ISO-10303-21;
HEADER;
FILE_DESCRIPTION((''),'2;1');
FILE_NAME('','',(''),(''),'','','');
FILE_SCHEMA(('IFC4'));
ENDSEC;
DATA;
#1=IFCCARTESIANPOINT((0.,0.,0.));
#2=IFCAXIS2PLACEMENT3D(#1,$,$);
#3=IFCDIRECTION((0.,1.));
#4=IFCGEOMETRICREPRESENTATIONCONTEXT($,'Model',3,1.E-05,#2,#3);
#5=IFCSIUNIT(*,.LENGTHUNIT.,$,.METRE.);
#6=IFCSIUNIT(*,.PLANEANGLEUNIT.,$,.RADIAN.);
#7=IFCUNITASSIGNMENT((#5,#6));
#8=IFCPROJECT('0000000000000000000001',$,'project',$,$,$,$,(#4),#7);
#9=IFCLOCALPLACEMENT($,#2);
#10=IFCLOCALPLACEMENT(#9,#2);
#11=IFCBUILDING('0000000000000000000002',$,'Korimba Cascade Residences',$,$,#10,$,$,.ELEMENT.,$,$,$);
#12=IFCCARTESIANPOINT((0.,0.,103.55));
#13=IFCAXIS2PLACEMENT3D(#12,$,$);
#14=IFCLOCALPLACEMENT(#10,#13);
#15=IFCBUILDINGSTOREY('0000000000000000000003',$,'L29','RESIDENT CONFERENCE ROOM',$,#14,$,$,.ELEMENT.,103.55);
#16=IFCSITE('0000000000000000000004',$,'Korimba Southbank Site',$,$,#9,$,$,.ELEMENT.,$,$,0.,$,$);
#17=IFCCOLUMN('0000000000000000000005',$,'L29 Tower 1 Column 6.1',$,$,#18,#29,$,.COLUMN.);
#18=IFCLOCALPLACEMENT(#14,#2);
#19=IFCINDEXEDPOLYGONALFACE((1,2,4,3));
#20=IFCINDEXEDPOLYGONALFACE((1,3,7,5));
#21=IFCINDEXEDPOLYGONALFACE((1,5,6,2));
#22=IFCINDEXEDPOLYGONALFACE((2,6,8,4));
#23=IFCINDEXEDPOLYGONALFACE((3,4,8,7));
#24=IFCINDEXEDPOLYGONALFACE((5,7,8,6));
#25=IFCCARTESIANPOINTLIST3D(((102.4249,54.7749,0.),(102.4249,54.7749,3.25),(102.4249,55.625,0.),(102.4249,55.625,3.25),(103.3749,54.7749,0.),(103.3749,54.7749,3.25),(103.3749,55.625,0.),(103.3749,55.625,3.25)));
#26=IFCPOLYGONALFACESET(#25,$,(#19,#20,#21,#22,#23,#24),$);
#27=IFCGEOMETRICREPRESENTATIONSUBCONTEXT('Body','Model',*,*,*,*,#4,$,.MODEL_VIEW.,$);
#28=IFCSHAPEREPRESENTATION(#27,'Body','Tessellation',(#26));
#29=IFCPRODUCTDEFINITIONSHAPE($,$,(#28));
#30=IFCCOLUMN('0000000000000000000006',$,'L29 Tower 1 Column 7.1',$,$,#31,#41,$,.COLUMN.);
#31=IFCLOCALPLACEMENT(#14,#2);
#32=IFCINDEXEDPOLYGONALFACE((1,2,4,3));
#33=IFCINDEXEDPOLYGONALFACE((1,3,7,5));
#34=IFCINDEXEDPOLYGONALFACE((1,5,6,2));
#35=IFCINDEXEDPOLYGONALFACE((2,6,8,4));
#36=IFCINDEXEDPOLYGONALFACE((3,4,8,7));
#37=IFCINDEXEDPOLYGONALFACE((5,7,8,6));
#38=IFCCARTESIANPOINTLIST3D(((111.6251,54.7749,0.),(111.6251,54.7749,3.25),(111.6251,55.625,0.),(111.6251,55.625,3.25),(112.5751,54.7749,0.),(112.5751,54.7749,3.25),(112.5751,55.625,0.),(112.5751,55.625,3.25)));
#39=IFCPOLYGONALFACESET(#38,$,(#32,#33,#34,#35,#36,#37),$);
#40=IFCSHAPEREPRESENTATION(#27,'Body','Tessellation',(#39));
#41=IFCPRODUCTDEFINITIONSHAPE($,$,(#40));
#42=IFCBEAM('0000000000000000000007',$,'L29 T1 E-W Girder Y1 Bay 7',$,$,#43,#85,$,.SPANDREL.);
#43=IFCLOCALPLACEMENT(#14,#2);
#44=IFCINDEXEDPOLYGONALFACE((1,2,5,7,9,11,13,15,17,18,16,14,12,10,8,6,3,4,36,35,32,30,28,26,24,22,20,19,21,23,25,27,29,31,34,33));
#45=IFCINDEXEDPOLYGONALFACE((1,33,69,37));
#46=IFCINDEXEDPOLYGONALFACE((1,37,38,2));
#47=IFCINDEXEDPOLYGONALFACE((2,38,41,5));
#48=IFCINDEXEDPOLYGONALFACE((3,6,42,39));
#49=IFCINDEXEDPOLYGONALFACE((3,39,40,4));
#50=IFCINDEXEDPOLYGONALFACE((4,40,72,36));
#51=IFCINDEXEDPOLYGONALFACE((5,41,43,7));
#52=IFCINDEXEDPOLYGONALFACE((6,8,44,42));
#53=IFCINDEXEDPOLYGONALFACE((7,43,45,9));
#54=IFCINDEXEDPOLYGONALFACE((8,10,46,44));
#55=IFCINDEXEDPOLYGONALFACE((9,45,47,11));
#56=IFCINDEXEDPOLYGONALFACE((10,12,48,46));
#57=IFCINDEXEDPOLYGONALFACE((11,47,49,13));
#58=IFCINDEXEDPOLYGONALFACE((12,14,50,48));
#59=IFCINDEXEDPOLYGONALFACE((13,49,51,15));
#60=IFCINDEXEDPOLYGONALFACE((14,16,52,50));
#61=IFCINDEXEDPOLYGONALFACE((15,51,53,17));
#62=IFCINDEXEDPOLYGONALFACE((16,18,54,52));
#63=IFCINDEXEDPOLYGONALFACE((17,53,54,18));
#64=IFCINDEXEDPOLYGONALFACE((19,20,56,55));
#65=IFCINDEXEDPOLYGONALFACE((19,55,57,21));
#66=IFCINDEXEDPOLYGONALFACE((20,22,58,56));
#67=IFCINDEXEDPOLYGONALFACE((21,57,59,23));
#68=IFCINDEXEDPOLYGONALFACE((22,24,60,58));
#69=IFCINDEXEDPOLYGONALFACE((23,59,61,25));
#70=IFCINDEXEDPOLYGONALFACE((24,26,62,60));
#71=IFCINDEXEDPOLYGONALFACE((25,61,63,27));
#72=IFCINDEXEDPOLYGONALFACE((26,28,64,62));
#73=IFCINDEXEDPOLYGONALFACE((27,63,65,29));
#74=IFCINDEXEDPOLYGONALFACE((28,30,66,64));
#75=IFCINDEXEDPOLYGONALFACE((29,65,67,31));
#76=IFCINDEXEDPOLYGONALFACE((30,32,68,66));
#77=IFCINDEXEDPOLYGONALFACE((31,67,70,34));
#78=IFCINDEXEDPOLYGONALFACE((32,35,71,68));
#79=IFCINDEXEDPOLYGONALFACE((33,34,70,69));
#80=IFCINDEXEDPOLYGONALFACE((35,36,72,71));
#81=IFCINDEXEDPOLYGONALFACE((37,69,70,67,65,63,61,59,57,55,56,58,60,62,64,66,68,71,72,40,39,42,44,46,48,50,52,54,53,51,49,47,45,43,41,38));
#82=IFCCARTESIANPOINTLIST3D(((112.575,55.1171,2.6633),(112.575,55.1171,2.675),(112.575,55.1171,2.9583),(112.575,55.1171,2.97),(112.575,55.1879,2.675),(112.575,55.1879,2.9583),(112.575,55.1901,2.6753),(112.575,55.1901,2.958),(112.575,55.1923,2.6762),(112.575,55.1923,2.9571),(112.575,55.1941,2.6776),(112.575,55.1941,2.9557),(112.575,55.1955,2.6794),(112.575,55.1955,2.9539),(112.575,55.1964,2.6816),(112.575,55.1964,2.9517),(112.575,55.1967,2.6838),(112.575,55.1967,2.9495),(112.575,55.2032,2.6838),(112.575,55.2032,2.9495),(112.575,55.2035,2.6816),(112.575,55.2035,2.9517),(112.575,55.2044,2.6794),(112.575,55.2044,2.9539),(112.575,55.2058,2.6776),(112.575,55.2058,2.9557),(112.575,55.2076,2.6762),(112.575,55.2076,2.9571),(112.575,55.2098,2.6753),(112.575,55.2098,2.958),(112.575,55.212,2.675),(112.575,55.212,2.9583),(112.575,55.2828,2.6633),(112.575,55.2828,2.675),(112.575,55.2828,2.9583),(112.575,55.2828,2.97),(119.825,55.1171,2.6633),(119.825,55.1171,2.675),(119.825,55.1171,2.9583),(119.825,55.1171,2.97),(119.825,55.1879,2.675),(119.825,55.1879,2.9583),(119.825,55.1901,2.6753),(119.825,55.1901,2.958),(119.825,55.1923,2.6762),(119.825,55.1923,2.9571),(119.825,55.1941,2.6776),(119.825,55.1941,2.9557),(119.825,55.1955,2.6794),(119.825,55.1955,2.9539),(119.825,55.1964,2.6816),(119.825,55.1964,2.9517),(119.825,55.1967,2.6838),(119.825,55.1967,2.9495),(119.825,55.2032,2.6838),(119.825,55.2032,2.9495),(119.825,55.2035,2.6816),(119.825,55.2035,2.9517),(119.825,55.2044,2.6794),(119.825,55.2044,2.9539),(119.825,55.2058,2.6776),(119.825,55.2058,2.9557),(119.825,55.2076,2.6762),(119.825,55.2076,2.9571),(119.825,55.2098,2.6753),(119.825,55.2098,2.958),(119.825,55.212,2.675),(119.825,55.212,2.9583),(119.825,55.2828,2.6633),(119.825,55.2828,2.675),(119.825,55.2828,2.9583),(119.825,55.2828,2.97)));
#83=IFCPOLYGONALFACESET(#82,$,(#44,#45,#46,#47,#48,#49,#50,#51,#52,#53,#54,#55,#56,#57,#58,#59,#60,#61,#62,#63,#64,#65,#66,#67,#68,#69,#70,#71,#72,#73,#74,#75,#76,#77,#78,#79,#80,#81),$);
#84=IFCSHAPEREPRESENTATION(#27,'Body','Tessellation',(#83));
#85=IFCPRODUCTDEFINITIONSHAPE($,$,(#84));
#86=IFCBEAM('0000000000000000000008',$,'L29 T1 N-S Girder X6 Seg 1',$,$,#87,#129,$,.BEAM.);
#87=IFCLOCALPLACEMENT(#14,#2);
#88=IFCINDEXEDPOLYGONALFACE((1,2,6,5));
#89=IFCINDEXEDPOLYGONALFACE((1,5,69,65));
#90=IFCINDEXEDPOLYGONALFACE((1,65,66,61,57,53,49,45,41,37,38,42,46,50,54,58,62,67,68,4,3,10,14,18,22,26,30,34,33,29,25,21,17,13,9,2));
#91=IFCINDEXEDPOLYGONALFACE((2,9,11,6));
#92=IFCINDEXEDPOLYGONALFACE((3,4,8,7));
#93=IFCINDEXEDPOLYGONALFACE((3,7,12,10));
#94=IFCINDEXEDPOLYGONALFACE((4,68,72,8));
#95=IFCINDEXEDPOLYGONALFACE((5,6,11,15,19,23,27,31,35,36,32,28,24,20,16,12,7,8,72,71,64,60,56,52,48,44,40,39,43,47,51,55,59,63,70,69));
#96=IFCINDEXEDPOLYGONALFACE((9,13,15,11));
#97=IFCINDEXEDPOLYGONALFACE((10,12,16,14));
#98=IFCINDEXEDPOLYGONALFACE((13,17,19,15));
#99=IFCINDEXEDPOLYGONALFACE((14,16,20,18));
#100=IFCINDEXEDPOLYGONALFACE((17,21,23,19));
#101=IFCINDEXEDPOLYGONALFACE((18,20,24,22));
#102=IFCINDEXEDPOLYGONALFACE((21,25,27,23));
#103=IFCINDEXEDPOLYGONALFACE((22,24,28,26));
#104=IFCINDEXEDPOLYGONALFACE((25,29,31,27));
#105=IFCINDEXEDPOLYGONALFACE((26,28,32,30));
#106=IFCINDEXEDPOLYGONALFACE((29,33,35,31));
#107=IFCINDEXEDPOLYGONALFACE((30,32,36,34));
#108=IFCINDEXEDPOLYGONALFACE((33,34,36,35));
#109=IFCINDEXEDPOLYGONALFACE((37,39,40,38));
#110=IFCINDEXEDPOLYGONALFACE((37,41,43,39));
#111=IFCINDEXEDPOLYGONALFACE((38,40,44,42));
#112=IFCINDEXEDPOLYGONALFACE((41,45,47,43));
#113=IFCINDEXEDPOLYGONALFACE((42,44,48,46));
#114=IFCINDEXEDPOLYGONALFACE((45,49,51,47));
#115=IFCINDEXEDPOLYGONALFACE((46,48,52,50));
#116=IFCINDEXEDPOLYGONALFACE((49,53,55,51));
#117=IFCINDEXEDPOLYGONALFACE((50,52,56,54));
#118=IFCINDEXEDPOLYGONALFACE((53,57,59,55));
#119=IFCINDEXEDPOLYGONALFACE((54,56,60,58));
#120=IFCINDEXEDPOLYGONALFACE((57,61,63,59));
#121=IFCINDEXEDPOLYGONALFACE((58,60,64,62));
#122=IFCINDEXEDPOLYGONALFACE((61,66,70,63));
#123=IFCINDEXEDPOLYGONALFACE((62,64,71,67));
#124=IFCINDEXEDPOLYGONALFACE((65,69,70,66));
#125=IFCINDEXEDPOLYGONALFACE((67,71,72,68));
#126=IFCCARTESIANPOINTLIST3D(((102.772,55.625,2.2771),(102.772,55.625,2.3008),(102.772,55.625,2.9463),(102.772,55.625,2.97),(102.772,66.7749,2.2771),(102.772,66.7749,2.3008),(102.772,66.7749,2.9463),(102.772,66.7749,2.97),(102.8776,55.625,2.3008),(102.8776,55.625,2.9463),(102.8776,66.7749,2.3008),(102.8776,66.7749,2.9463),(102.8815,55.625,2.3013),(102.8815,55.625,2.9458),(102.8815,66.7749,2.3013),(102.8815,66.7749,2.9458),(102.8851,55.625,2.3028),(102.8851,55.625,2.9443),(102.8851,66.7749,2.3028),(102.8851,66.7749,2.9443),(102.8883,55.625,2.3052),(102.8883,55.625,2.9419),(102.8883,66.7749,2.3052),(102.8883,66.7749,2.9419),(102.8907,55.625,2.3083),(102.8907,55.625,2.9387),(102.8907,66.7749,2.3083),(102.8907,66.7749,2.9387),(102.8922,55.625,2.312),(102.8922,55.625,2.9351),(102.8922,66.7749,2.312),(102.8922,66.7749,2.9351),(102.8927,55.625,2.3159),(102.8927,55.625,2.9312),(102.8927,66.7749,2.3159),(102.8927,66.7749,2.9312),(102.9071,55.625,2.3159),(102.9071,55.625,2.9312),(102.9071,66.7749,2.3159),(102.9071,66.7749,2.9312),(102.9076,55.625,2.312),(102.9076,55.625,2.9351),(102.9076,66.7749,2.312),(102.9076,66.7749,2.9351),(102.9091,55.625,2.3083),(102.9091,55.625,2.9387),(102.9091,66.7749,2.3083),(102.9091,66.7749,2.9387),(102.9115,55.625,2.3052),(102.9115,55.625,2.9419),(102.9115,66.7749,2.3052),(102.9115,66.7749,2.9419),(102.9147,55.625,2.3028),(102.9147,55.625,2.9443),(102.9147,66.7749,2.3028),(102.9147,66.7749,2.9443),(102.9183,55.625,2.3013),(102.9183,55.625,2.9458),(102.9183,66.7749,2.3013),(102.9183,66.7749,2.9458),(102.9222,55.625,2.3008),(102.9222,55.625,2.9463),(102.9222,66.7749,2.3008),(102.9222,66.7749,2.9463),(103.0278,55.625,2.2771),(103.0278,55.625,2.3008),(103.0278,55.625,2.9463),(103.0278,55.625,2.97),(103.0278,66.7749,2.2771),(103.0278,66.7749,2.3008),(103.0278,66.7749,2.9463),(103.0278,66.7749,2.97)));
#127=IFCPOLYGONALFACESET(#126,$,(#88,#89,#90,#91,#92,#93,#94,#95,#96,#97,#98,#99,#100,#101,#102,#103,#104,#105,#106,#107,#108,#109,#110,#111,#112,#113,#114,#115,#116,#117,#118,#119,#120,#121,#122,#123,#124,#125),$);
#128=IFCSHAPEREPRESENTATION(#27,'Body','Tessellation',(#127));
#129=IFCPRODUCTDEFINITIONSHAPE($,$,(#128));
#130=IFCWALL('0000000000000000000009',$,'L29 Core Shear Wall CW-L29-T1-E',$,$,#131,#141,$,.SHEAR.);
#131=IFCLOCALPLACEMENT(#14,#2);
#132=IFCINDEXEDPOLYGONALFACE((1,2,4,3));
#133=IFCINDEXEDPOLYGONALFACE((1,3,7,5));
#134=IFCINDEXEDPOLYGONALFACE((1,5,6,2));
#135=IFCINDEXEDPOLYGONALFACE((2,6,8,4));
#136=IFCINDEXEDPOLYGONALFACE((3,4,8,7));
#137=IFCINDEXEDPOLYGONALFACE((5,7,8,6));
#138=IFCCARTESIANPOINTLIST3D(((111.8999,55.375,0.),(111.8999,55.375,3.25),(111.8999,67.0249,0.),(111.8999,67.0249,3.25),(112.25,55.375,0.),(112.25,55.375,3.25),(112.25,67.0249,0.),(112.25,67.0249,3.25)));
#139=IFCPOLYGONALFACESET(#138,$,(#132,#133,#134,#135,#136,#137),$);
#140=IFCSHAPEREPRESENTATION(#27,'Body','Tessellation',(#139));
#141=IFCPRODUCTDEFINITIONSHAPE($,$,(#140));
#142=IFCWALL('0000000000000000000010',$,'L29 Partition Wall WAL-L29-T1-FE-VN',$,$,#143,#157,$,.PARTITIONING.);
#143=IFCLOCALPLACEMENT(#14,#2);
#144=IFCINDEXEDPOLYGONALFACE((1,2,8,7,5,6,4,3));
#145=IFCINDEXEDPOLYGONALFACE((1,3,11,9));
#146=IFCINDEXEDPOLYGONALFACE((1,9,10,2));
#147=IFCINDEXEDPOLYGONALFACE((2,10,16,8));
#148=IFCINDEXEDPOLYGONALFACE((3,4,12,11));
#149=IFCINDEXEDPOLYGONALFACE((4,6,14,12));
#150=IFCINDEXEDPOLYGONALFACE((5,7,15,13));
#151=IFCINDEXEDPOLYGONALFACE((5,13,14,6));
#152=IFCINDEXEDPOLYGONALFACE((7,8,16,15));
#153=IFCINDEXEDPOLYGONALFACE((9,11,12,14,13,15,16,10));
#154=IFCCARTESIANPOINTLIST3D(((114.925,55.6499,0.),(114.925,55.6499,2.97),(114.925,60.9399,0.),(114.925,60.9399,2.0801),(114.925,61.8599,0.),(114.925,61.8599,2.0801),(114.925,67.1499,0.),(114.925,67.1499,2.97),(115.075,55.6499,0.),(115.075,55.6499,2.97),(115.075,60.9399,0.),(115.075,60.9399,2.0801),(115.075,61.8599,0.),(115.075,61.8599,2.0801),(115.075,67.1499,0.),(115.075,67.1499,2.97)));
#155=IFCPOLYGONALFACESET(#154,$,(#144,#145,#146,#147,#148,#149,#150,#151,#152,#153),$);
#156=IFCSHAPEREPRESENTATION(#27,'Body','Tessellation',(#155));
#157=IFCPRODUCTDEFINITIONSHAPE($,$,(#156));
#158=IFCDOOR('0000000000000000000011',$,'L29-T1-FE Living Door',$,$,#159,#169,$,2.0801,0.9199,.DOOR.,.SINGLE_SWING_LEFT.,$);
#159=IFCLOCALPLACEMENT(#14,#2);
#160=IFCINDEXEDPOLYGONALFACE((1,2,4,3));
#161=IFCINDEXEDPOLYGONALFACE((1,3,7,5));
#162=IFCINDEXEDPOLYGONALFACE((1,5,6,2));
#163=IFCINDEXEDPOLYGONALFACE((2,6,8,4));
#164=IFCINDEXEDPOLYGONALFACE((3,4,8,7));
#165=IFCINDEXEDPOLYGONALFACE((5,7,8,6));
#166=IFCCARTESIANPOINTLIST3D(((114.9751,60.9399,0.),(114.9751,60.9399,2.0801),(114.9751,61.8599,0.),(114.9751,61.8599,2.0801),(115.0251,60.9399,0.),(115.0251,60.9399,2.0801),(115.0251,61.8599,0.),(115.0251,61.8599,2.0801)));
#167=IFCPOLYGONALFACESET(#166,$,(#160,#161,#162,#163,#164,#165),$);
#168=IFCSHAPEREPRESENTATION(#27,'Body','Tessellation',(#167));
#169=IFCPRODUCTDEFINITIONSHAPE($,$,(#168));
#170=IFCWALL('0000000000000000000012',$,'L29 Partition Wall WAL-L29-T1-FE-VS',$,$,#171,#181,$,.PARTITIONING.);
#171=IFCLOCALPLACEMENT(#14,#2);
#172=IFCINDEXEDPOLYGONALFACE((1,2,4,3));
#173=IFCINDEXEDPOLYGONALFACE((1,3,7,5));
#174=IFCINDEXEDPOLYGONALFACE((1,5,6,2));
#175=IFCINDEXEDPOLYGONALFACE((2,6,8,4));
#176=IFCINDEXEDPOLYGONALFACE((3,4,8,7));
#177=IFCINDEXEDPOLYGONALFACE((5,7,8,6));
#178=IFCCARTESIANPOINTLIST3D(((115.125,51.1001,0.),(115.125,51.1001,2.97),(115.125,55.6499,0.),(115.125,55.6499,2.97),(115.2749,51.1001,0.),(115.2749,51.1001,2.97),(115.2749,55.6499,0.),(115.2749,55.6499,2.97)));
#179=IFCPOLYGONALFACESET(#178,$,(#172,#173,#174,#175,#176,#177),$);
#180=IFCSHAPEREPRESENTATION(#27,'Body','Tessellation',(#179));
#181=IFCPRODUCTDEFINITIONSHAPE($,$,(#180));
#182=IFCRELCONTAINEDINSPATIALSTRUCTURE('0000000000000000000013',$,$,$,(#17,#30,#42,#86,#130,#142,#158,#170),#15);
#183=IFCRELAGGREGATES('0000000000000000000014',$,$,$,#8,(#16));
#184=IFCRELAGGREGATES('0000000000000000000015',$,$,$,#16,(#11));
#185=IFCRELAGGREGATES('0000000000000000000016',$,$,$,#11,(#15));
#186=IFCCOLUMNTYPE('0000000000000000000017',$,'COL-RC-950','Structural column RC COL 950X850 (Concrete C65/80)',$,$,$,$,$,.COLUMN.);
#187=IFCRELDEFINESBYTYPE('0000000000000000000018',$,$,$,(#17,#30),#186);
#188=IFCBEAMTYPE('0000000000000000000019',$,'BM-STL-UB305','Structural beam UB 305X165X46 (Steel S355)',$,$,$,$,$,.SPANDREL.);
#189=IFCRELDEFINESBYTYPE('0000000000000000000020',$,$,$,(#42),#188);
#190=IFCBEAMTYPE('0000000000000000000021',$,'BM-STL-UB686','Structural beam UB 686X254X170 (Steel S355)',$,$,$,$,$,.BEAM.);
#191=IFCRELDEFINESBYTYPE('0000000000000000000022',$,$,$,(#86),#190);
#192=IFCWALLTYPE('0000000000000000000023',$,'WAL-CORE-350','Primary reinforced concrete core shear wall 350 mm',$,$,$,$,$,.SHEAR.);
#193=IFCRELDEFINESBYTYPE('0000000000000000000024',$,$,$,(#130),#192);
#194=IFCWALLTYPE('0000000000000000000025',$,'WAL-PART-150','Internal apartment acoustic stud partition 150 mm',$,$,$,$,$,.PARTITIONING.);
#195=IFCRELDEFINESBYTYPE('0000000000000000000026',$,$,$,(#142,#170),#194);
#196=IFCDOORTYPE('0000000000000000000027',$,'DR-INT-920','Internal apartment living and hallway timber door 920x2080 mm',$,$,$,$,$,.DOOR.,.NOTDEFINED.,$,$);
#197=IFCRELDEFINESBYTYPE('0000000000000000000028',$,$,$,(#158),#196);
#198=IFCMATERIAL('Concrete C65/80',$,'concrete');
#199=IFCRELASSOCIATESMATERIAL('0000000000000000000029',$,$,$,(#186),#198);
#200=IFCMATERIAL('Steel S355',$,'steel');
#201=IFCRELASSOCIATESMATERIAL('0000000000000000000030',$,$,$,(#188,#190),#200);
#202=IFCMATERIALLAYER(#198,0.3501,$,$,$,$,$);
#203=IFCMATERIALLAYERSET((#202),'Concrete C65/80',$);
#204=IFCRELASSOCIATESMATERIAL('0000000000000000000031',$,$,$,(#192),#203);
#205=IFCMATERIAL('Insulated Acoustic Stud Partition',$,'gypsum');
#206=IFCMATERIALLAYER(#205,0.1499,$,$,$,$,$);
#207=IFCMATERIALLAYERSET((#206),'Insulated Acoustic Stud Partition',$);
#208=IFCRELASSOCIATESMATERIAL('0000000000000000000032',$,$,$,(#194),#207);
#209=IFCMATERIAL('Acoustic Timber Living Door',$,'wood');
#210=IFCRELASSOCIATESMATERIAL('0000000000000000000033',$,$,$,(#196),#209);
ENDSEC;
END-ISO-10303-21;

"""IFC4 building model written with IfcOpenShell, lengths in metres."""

from ifc_helpers import new_model, si_unit, direction, frame, frame_2d, origin, origin_2d, place, context, subcontext, project, spatial, rectangle, i_section, extrude, material, layer, layer_set, material_profile, profile_set, type_object, element, fill, save


model = new_model("IFC4")

# Units and contexts
model_context = context("Model", 3, precision=1e-05, world=origin(), true_north=direction((0.0, 1.0)))
body_context = subcontext(model_context, "Body", "Model", "MODEL_VIEW")
ifc_project = project(units=[si_unit("LENGTHUNIT", "METRE"), si_unit("PLANEANGLEUNIT", "RADIAN")], contexts=[model_context])

# Site, building, storey
site_placement = place(None, origin())
site = spatial("IfcSite", under=ifc_project, at=site_placement, Name="Korimba Southbank Site", CompositionType="ELEMENT", RefElevation=0.0)
building_placement = place(site_placement, origin())
building = spatial("IfcBuilding", under=site, at=building_placement, Name="Korimba Cascade Residences", CompositionType="ELEMENT")
storey_placement = place(building_placement, frame((0.0, 0.0, 103.55)))
storey = spatial("IfcBuildingStorey", under=building, at=storey_placement, Name="L29", Description="RESIDENT CONFERENCE ROOM", CompositionType="ELEMENT", Elevation=103.55)

# Columns
ifc_material_1 = material(Name="Concrete C65/80", Category="concrete")
ifc_material_profile_1 = material_profile(ifc_material_1, rectangle(XDim=0.95, YDim=0.8501, at=origin_2d()), Name="Concrete C65/80")
ifc_profile_set_1 = profile_set([ifc_material_profile_1], Name="Concrete C65/80")
column_type = type_object("IfcColumnType", Name="COL-RC-950", Description="Structural column RC COL 950X850 (Concrete C65/80)", PredefinedType="COLUMN", material=ifc_profile_set_1)
for number, where, z_axis, x_axis, name in (
    (1, (102.8999, 55.2, 0.0), (0.0, 0.0, 1.0), (1.0, 0.0, 0.0), "L29 Tower 1 Column 6.1"),
    (2, (112.1001, 55.2, 0.0), (0.0, 0.0, 1.0), (1.0, 0.0, 0.0), "L29 Tower 1 Column 7.1"),
):
    element("IfcColumn", number, at=place(storey_placement, frame(where, z_axis=z_axis, x_axis=x_axis)), inside=storey, type_object=column_type, Name=name, PredefinedType="COLUMN", context=body_context, shape_type="SweptSolid", body=[
        extrude(rectangle(XDim=0.95, YDim=0.8501, at=origin_2d()), origin(), (0.0, 0.0, 1.0), 3.25),
    ])

# Beams
ifc_material_2 = material(Name="Steel S355", Category="steel")
ifc_material_profile_2 = material_profile(ifc_material_2, i_section(OverallWidth=0.1658, OverallDepth=0.3066, WebThickness=0.0066, FlangeThickness=0.0117, FilletRadius=0.0088, at=origin_2d()), Name="Steel S355")
ifc_profile_set_2 = profile_set([ifc_material_profile_2], Name="Steel S355")
beam_type_1 = type_object("IfcBeamType", Name="BM-STL-UB305", Description="Structural beam UB 305X165X46 (Steel S355)", PredefinedType="SPANDREL", material=ifc_profile_set_2)
beam_1_placement = place(storey_placement, frame((112.575, 55.2, 2.8167), z_axis=(1.0, 0.0, 0.0), x_axis=(0.0, 1.0, 0.0)))
element("IfcBeam", 3, at=beam_1_placement, inside=storey, type_object=beam_type_1, Name="L29 T1 E-W Girder Y1 Bay 7", PredefinedType="SPANDREL", context=body_context, shape_type="SweptSolid", body=[
    extrude(i_section(OverallWidth=0.1658, OverallDepth=0.3066, WebThickness=0.0066, FlangeThickness=0.0117, FilletRadius=0.0088, at=origin_2d()), origin(), (0.0, 0.0, 1.0), 7.25),
])
ifc_material_profile_3 = material_profile(ifc_material_2, i_section(OverallWidth=0.2559, OverallDepth=0.6929, WebThickness=0.0144, FlangeThickness=0.0237, FilletRadius=0.0151, at=origin_2d()), Name="Steel S355")
ifc_profile_set_3 = profile_set([ifc_material_profile_3], Name="Steel S355")
beam_type_2 = type_object("IfcBeamType", Name="BM-STL-UB686", Description="Structural beam UB 686X254X170 (Steel S355)", PredefinedType="BEAM", material=ifc_profile_set_3)
beam_2_placement = place(storey_placement, frame((102.8999, 55.625, 2.6235), z_axis=(0.0, 1.0, 0.0), x_axis=(-1.0, 0.0, 0.0)))
element("IfcBeam", 4, at=beam_2_placement, inside=storey, type_object=beam_type_2, Name="L29 T1 N-S Girder X6 Seg 1", PredefinedType="BEAM", context=body_context, shape_type="SweptSolid", body=[
    extrude(i_section(OverallWidth=0.2559, OverallDepth=0.6929, WebThickness=0.0144, FlangeThickness=0.0237, FilletRadius=0.0151, at=origin_2d()), origin(), (0.0, 0.0, 1.0), 11.1499),
])

# Wall
ifc_layer_1 = layer(ifc_material_1, 0.3501)
ifc_layer_set_1 = layer_set([ifc_layer_1], Name="Concrete C65/80")
wall_type_1 = type_object("IfcWallType", Name="WAL-CORE-350", Description="Primary reinforced concrete core shear wall 350 mm", PredefinedType="SHEAR", material=ifc_layer_set_1)
wall_1_placement = place(storey_placement, frame((112.075, 55.375, 0.0), z_axis=(0.0, 0.0, 1.0), x_axis=(0.0, 1.0, 0.0)))
element("IfcWall", 5, at=wall_1_placement, inside=storey, type_object=wall_type_1, Name="L29 Core Shear Wall CW-L29-T1-E", PredefinedType="SHEAR", context=body_context, shape_type="SweptSolid", body=[
    extrude(rectangle(XDim=11.6499, YDim=0.3501, at=frame_2d((5.825, 0.0))), origin(), (0.0, 0.0, 1.0), 3.25),
])

# Wall, opening, door
ifc_material_3 = material(Name="Insulated Acoustic Stud Partition", Category="gypsum")
ifc_layer_2 = layer(ifc_material_3, 0.1499)
ifc_layer_set_2 = layer_set([ifc_layer_2], Name="Insulated Acoustic Stud Partition")
wall_type_2 = type_object("IfcWallType", Name="WAL-PART-150", Description="Internal apartment acoustic stud partition 150 mm", PredefinedType="PARTITIONING", material=ifc_layer_set_2)
wall_2_placement = place(storey_placement, frame((115.0, 55.6499, 0.0), z_axis=(0.0, 0.0, 1.0), x_axis=(0.0, 1.0, 0.0)))
wall_2 = element("IfcWall", 6, at=wall_2_placement, inside=storey, type_object=wall_type_2, Name="L29 Partition Wall WAL-L29-T1-FE-VN", PredefinedType="PARTITIONING", context=body_context, shape_type="SweptSolid", body=[
    extrude(rectangle(XDim=11.5, YDim=0.1499, at=frame_2d((5.75, 0.0))), origin(), (0.0, 0.0, 1.0), 2.97),
])
opening_1_placement = place(wall_2_placement, frame((5.29, 0.0, 0.0)))
opening_1 = element("IfcOpeningElement", 7, at=opening_1_placement, cuts=wall_2, PredefinedType="OPENING", context=body_context, shape_type="SweptSolid", body=[
    extrude(rectangle(XDim=0.9199, YDim=2.0801, at=frame_2d((0.46, 1.04))), frame((0.0, 0.085, 0.0), z_axis=(0.0, -1.0, 0.0), x_axis=(1.0, 0.0, 0.0)), (0.0, 0.0, 1.0), 0.1699),
])
ifc_material_4 = material(Name="Acoustic Timber Living Door", Category="wood")
door_type_1 = type_object("IfcDoorType", Name="DR-INT-920", Description="Internal apartment living and hallway timber door 920x2080 mm", OperationType="NOTDEFINED", PredefinedType="DOOR", material=ifc_material_4)
door_1_placement = place(opening_1_placement, origin())
door_1 = element("IfcDoor", 8, at=door_1_placement, inside=storey, type_object=door_type_1, Name="L29-T1-FE Living Door", OperationType="SINGLE_SWING_LEFT", OverallHeight=2.0801, OverallWidth=0.9199, PredefinedType="DOOR", context=body_context, shape_type="SweptSolid", body=[
    extrude(rectangle(XDim=0.9199, YDim=2.0801, at=frame_2d((0.46, 1.04))), frame((0.0, 0.0249, 0.0), z_axis=(0.0, -1.0, 0.0), x_axis=(1.0, 0.0, 0.0)), (0.0, 0.0, 1.0), 0.05),
])
fill(opening_1, door_1)

# Wall
wall_3_placement = place(storey_placement, frame((115.2, 51.1001, 0.0), z_axis=(0.0, 0.0, 1.0), x_axis=(0.0, 1.0, 0.0)))
element("IfcWall", 9, at=wall_3_placement, inside=storey, type_object=wall_type_2, Name="L29 Partition Wall WAL-L29-T1-FE-VS", PredefinedType="PARTITIONING", context=body_context, shape_type="SweptSolid", body=[
    extrude(rectangle(XDim=4.5498, YDim=0.1499, at=frame_2d((2.2749, 0.0))), origin(), (0.0, 0.0, 1.0), 2.97),
])

save(model, "model.ifc")
